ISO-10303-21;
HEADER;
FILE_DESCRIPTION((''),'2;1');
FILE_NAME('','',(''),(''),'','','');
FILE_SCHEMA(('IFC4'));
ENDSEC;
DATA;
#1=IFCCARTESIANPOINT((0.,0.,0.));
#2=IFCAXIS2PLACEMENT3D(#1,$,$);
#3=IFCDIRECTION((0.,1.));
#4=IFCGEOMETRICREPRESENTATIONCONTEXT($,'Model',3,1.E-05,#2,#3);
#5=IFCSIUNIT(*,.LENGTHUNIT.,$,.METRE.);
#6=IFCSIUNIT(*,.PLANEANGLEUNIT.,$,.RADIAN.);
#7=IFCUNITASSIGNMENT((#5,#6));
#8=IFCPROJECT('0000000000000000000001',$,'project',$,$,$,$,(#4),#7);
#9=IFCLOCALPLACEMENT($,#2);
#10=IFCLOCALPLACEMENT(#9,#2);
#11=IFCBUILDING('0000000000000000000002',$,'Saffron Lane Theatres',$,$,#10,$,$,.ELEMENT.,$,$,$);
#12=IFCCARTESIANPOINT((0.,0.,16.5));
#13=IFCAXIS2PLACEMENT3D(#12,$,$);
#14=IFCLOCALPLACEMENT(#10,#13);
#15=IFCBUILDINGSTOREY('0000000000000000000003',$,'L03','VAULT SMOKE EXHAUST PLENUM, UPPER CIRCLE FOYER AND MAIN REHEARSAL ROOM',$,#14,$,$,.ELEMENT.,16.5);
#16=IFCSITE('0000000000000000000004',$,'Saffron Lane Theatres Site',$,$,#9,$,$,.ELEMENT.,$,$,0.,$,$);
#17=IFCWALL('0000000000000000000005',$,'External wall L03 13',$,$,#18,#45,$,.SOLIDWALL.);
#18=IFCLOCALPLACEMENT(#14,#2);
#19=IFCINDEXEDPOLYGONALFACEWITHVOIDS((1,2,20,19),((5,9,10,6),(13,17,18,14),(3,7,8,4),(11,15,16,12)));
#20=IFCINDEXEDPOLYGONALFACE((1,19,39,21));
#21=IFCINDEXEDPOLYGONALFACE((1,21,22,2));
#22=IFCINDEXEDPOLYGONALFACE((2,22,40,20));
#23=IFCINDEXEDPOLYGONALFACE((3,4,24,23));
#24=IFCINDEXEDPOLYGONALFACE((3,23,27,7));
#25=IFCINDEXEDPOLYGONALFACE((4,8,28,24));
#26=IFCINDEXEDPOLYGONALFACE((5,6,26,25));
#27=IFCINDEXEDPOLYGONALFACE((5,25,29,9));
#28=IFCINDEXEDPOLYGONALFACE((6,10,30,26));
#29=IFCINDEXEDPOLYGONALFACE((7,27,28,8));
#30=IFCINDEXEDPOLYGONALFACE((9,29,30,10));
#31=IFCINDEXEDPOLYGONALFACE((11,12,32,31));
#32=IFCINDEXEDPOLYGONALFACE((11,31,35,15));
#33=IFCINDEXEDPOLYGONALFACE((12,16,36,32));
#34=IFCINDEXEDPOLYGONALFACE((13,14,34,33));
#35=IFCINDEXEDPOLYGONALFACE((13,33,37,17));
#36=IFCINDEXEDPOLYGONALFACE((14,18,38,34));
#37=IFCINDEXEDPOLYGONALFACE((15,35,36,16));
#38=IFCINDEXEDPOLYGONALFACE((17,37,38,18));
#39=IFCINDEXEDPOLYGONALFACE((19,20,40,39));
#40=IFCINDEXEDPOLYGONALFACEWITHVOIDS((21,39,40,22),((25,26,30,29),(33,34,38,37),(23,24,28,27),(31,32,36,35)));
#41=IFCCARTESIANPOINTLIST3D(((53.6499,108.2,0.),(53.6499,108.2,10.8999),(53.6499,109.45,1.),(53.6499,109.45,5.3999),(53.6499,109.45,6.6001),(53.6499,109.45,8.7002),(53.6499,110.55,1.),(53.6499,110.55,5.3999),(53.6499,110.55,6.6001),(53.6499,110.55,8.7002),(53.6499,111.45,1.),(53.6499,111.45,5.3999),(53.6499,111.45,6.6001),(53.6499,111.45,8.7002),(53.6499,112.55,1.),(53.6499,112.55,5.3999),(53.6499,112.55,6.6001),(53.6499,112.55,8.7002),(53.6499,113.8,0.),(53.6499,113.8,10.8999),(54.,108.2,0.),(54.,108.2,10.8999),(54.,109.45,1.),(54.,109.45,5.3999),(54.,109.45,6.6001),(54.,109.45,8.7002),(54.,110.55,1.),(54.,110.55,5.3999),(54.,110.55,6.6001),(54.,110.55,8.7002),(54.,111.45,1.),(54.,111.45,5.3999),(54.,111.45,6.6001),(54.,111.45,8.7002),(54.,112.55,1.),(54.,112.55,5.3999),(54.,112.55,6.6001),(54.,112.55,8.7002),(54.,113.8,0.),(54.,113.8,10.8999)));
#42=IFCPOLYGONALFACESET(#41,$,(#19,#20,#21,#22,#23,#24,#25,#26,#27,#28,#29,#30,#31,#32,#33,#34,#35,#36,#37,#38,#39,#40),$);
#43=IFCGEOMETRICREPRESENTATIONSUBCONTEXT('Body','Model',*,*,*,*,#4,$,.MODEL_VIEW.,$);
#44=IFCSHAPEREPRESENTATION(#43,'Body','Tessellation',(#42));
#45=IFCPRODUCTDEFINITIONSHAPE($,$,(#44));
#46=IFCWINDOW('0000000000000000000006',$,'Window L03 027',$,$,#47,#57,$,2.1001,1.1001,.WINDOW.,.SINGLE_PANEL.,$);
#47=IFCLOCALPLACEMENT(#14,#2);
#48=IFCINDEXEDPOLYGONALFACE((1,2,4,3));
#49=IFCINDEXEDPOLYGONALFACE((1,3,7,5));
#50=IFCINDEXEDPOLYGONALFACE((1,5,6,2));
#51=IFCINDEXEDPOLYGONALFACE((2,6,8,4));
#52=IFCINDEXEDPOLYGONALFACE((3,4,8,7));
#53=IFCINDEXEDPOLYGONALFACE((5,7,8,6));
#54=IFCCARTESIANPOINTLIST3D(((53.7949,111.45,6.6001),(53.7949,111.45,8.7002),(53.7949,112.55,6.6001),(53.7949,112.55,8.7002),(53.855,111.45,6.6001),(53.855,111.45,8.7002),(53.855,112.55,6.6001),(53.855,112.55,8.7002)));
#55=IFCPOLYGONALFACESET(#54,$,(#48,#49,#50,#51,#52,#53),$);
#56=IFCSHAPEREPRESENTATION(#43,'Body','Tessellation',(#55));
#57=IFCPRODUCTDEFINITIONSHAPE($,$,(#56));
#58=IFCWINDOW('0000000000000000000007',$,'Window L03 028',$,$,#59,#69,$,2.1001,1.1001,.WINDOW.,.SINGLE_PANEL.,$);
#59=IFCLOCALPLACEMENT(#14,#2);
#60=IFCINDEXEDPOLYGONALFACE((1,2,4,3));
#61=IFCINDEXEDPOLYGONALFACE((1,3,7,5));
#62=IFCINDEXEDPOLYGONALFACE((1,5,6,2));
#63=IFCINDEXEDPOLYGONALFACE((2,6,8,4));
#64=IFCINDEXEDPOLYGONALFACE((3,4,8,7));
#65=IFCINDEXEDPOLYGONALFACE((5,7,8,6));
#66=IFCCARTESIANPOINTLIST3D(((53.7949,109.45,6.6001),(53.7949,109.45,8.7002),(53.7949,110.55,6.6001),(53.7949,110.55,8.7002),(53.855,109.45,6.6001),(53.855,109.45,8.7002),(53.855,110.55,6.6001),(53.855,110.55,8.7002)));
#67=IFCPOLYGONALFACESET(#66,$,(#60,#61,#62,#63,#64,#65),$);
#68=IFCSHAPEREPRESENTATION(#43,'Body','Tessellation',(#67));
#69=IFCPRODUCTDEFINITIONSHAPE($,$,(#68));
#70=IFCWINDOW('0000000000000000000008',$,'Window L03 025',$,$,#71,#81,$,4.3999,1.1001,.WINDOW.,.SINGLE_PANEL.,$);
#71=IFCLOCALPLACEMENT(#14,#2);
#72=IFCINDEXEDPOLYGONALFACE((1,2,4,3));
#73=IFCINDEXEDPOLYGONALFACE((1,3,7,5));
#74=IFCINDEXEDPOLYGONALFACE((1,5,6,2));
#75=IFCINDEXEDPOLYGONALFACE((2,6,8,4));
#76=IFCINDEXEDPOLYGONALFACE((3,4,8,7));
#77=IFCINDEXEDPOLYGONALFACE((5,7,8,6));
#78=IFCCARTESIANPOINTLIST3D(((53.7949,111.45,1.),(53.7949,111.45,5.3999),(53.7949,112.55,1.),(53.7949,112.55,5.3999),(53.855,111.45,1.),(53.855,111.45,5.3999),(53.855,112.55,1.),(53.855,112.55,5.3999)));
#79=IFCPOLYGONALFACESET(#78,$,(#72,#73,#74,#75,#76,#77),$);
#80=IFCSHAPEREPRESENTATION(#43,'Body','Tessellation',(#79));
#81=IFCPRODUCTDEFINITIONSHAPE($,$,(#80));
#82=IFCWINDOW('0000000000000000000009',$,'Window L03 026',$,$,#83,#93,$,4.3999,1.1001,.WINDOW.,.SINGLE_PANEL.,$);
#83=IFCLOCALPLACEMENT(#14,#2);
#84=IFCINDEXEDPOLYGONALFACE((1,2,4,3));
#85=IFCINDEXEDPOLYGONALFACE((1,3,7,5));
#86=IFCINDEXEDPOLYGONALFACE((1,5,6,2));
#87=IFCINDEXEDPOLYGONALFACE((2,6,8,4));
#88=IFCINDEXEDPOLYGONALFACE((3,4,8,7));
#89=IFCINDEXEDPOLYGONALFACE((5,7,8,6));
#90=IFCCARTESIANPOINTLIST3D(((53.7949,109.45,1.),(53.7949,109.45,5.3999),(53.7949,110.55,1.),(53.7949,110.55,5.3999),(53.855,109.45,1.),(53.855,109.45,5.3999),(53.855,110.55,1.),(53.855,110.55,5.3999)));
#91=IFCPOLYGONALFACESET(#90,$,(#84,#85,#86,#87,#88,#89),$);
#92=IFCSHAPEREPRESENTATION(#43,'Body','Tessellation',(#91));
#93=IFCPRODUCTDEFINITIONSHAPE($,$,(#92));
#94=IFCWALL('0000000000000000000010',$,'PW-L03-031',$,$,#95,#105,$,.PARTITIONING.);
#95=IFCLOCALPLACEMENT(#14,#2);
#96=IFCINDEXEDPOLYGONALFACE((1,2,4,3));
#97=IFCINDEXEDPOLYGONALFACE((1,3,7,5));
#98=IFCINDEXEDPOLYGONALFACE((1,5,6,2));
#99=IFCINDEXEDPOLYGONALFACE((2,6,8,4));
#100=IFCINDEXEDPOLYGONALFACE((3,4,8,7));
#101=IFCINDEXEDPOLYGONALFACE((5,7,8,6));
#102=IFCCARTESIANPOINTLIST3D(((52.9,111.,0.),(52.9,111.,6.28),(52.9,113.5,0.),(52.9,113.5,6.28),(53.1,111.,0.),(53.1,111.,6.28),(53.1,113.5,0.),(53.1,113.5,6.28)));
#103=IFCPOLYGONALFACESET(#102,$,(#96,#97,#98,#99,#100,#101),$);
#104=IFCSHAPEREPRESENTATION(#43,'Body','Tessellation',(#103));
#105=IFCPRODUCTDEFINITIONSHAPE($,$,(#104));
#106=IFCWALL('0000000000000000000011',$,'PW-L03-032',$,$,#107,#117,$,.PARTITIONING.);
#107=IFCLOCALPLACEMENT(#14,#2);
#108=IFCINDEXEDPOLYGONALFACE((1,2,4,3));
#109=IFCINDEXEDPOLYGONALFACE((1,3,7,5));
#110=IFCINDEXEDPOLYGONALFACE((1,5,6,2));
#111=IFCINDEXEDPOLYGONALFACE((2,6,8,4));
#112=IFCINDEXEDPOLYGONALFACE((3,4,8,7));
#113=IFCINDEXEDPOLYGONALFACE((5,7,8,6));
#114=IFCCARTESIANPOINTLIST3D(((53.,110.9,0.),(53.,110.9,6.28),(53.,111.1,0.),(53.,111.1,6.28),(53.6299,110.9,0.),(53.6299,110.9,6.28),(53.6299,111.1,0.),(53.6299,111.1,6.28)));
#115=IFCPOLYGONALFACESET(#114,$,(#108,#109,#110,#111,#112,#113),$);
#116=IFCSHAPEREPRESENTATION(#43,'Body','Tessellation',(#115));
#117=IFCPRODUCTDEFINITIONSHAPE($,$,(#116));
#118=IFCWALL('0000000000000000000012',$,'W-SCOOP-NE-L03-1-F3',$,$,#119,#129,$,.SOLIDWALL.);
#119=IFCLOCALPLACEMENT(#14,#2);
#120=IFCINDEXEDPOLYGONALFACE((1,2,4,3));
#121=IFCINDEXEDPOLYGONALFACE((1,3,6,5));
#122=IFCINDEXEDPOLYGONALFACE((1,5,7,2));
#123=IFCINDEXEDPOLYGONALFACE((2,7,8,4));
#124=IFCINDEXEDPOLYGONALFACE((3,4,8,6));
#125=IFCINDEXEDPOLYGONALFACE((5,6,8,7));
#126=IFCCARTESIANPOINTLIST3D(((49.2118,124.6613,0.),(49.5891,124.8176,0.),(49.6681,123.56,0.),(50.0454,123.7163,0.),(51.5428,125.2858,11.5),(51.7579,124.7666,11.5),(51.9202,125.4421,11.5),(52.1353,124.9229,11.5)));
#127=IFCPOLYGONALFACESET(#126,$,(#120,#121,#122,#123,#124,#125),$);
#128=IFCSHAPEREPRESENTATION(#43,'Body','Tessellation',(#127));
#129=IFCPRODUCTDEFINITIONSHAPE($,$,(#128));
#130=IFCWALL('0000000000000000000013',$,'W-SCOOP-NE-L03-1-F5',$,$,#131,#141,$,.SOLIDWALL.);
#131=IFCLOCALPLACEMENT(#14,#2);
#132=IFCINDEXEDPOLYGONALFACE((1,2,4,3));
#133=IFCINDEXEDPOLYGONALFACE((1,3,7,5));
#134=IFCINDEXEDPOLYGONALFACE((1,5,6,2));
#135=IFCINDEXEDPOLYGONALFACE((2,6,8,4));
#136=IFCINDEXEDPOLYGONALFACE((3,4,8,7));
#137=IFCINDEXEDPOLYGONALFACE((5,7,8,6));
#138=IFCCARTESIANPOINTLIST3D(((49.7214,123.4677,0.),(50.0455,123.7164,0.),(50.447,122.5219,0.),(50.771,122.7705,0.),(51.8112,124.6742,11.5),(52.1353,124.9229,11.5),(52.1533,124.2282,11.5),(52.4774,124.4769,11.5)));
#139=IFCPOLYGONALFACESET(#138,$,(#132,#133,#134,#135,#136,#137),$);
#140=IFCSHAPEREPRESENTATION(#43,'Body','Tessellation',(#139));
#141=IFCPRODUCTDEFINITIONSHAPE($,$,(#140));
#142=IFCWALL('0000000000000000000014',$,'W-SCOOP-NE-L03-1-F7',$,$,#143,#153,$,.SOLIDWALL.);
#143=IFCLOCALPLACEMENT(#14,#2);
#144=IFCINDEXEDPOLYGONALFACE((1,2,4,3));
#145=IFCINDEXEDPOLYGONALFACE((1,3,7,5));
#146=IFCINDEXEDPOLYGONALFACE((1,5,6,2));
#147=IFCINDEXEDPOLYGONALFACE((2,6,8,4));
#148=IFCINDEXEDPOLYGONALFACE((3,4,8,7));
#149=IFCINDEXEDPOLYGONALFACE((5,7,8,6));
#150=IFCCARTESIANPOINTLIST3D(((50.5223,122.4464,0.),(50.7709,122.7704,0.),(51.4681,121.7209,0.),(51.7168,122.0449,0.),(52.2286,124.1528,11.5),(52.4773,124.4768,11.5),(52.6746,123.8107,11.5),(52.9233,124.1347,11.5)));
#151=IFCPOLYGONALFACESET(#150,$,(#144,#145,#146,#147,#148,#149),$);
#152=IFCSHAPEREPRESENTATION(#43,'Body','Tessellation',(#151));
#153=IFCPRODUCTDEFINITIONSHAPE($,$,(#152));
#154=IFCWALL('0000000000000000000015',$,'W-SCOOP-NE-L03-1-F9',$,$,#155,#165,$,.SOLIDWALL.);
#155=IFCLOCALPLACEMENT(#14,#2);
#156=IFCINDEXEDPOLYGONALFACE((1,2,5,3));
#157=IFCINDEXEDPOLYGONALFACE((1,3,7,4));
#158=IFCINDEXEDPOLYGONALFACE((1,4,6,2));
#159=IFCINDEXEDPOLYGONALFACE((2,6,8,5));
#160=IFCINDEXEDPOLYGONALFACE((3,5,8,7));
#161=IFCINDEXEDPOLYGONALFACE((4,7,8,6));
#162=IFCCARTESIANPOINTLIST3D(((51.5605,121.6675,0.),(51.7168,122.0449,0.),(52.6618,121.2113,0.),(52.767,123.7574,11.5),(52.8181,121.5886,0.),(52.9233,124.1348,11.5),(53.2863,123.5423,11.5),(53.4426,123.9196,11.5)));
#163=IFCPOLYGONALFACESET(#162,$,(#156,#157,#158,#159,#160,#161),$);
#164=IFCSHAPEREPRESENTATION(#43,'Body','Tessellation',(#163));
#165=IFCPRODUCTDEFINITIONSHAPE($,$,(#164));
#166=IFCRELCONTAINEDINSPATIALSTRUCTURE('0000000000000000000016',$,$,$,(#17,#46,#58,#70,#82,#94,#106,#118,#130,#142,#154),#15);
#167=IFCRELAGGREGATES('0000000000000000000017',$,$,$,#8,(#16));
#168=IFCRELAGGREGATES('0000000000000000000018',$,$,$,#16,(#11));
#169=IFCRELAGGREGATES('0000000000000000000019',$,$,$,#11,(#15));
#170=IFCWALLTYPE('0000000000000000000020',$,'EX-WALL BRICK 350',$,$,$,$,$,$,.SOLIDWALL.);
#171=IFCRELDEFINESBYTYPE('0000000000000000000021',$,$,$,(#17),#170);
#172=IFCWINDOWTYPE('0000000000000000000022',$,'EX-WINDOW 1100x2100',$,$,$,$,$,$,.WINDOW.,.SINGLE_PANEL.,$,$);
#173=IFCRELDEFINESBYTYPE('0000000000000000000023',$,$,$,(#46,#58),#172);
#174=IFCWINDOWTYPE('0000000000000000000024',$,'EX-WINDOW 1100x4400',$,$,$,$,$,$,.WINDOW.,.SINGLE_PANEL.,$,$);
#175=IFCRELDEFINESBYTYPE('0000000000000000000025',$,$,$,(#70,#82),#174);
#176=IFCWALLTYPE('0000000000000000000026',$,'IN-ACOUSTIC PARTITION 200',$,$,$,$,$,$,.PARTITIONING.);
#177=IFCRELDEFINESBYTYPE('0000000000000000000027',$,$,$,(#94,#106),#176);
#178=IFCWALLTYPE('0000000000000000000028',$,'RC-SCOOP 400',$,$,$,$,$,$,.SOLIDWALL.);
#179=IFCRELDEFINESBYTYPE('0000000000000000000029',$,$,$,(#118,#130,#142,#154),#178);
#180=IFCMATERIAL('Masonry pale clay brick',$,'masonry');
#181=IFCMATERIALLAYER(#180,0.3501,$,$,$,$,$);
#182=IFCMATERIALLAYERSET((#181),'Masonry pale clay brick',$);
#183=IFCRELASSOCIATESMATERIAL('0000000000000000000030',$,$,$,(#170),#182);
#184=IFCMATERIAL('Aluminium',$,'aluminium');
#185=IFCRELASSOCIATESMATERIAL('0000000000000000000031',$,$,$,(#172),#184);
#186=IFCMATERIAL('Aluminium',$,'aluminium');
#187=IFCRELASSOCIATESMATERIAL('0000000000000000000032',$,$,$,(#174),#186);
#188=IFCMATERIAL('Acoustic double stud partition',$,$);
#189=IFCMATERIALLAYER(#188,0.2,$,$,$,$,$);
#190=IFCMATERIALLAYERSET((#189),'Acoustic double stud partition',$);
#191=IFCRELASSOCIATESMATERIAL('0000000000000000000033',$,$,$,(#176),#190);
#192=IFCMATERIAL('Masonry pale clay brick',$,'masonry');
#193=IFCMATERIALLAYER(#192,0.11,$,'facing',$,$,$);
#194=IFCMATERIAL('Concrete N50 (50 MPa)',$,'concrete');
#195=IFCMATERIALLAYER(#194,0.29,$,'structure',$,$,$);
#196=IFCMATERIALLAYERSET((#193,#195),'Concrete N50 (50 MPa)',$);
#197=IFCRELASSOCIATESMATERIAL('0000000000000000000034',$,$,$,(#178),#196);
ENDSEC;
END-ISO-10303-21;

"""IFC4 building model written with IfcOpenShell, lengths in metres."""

from ifc_helpers import new_model, si_unit, direction, frame, frame_2d, origin, place, context, subcontext, project, spatial, polyline, rectangle, outline, extrude, material, layer, layer_set, type_object, element, fill, save


model = new_model("IFC4")

# Units and contexts
model_context = context("Model", 3, precision=1e-05, world=origin(), true_north=direction((0.0, 1.0)))
body_context = subcontext(model_context, "Body", "Model", "MODEL_VIEW")
ifc_project = project(units=[si_unit("LENGTHUNIT", "METRE"), si_unit("PLANEANGLEUNIT", "RADIAN")], contexts=[model_context])

# Site, building, storey
site_placement = place(None, origin())
site = spatial("IfcSite", under=ifc_project, at=site_placement, Name="Saffron Lane Theatres Site", CompositionType="ELEMENT", RefElevation=0.0)
building_placement = place(site_placement, origin())
building = spatial("IfcBuilding", under=site, at=building_placement, Name="Saffron Lane Theatres", CompositionType="ELEMENT")
storey_placement = place(building_placement, frame((0.0, 0.0, 16.5)))
storey = spatial("IfcBuildingStorey", under=building, at=storey_placement, Name="L03", Description="VAULT SMOKE EXHAUST PLENUM, UPPER CIRCLE FOYER AND MAIN REHEARSAL ROOM", CompositionType="ELEMENT", Elevation=16.5)

# Shared definitions
ifc_material_1 = material(Name="Masonry pale clay brick", Category="masonry")
ifc_layer_1 = layer(ifc_material_1, 0.3501)
ifc_layer_set_1 = layer_set([ifc_layer_1], Name="Masonry pale clay brick")
wall_type_1 = type_object("IfcWallType", Name="EX-WALL BRICK 350", PredefinedType="SOLIDWALL", material=ifc_layer_set_1)

# Wall, openings, windows
ifc_material_2 = material(Name="Aluminium", Category="aluminium")
window_type_1 = type_object("IfcWindowType", Name="EX-WINDOW 1100x2100", PartitioningType="SINGLE_PANEL", PredefinedType="WINDOW", material=ifc_material_2)
ifc_material_3 = material(Name="Aluminium", Category="aluminium")
window_type_2 = type_object("IfcWindowType", Name="EX-WINDOW 1100x4400", PartitioningType="SINGLE_PANEL", PredefinedType="WINDOW", material=ifc_material_3)
wall_1_placement = place(storey_placement, frame((53.825, 113.8, 0.0), z_axis=(0.0, 0.0, 1.0), x_axis=(0.0, -1.0, 0.0)))
wall_1 = element("IfcWall", 1, at=wall_1_placement, inside=storey, type_object=wall_type_1, Name="External wall L03 13", PredefinedType="SOLIDWALL", context=body_context, shape_type="SweptSolid", body=[
    extrude(rectangle(XDim=5.6001, YDim=0.3501, at=frame_2d((2.8, 0.0))), origin(), (0.0, 0.0, 1.0), 10.8999),
])
opening_1_placement = place(wall_1_placement, frame((1.25, 0.0, 1.0)))
opening_1 = element("IfcOpeningElement", 2, at=opening_1_placement, cuts=wall_1, PredefinedType="OPENING", context=body_context, shape_type="SweptSolid", body=[
    extrude(rectangle(XDim=1.1001, YDim=4.3999, at=frame_2d((0.55, 2.2))), frame((0.0, 0.1851, 0.0), z_axis=(0.0, -1.0, 0.0), x_axis=(1.0, 0.0, 0.0)), (0.0, 0.0, 1.0), 0.3701),
])
opening_2_placement = place(wall_1_placement, frame((3.25, 0.0, 1.0)))
opening_2 = element("IfcOpeningElement", 3, at=opening_2_placement, cuts=wall_1, PredefinedType="OPENING", context=body_context, shape_type="SweptSolid", body=[
    extrude(rectangle(XDim=1.1001, YDim=4.3999, at=frame_2d((0.55, 2.2))), frame((0.0, 0.1851, 0.0), z_axis=(0.0, -1.0, 0.0), x_axis=(1.0, 0.0, 0.0)), (0.0, 0.0, 1.0), 0.3701),
])
opening_3_placement = place(wall_1_placement, frame((1.25, 0.0, 6.6001)))
opening_3 = element("IfcOpeningElement", 4, at=opening_3_placement, cuts=wall_1, PredefinedType="OPENING", context=body_context, shape_type="SweptSolid", body=[
    extrude(rectangle(XDim=1.1001, YDim=2.1001, at=frame_2d((0.55, 1.05))), frame((0.0, 0.1851, 0.0), z_axis=(0.0, -1.0, 0.0), x_axis=(1.0, 0.0, 0.0)), (0.0, 0.0, 1.0), 0.3701),
])
opening_4_placement = place(wall_1_placement, frame((3.25, 0.0, 6.6001)))
opening_4 = element("IfcOpeningElement", 5, at=opening_4_placement, cuts=wall_1, PredefinedType="OPENING", context=body_context, shape_type="SweptSolid", body=[
    extrude(rectangle(XDim=1.1001, YDim=2.1001, at=frame_2d((0.55, 1.05))), frame((0.0, 0.1851, 0.0), z_axis=(0.0, -1.0, 0.0), x_axis=(1.0, 0.0, 0.0)), (0.0, 0.0, 1.0), 0.3701),
])
window_1_placement = place(opening_3_placement, origin())
window_1 = element("IfcWindow", 6, at=window_1_placement, inside=storey, type_object=window_type_1, Name="Window L03 027", OverallHeight=2.1001, OverallWidth=1.1001, PartitioningType="SINGLE_PANEL", PredefinedType="WINDOW", context=body_context, shape_type="SweptSolid", body=[
    extrude(rectangle(XDim=1.1001, YDim=2.1001, at=frame_2d((0.55, 1.05))), frame((0.0, 0.03, 0.0), z_axis=(0.0, -1.0, 0.0), x_axis=(1.0, 0.0, 0.0)), (0.0, 0.0, 1.0), 0.0601),
])
fill(opening_3, window_1)
window_2_placement = place(opening_4_placement, origin())
window_2 = element("IfcWindow", 7, at=window_2_placement, inside=storey, type_object=window_type_1, Name="Window L03 028", OverallHeight=2.1001, OverallWidth=1.1001, PartitioningType="SINGLE_PANEL", PredefinedType="WINDOW", context=body_context, shape_type="SweptSolid", body=[
    extrude(rectangle(XDim=1.1001, YDim=2.1001, at=frame_2d((0.55, 1.05))), frame((0.0, 0.03, 0.0), z_axis=(0.0, -1.0, 0.0), x_axis=(1.0, 0.0, 0.0)), (0.0, 0.0, 1.0), 0.0601),
])
fill(opening_4, window_2)
window_3_placement = place(opening_1_placement, origin())
window_3 = element("IfcWindow", 8, at=window_3_placement, inside=storey, type_object=window_type_2, Name="Window L03 025", OverallHeight=4.3999, OverallWidth=1.1001, PartitioningType="SINGLE_PANEL", PredefinedType="WINDOW", context=body_context, shape_type="SweptSolid", body=[
    extrude(rectangle(XDim=1.1001, YDim=4.3999, at=frame_2d((0.55, 2.2))), frame((0.0, 0.03, 0.0), z_axis=(0.0, -1.0, 0.0), x_axis=(1.0, 0.0, 0.0)), (0.0, 0.0, 1.0), 0.0601),
])
fill(opening_1, window_3)
window_4_placement = place(opening_2_placement, origin())
window_4 = element("IfcWindow", 9, at=window_4_placement, inside=storey, type_object=window_type_2, Name="Window L03 026", OverallHeight=4.3999, OverallWidth=1.1001, PartitioningType="SINGLE_PANEL", PredefinedType="WINDOW", context=body_context, shape_type="SweptSolid", body=[
    extrude(rectangle(XDim=1.1001, YDim=4.3999, at=frame_2d((0.55, 2.2))), frame((0.0, 0.03, 0.0), z_axis=(0.0, -1.0, 0.0), x_axis=(1.0, 0.0, 0.0)), (0.0, 0.0, 1.0), 0.0601),
])
fill(opening_2, window_4)

# Walls
ifc_material_4 = material(Name="Acoustic double stud partition")
ifc_layer_2 = layer(ifc_material_4, 0.2)
ifc_layer_set_2 = layer_set([ifc_layer_2], Name="Acoustic double stud partition")
wall_type_2 = type_object("IfcWallType", Name="IN-ACOUSTIC PARTITION 200", PredefinedType="PARTITIONING", material=ifc_layer_set_2)
wall_2_placement = place(storey_placement, frame((53.0, 111.0, 0.0), z_axis=(0.0, 0.0, 1.0), x_axis=(0.0, 1.0, 0.0)))
element("IfcWall", 10, at=wall_2_placement, inside=storey, type_object=wall_type_2, Name="PW-L03-031", PredefinedType="PARTITIONING", context=body_context, shape_type="SweptSolid", body=[
    extrude(rectangle(XDim=2.5, YDim=0.2, at=frame_2d((1.25, 0.0))), origin(), (0.0, 0.0, 1.0), 6.28),
])
wall_3_placement = place(storey_placement, frame((53.0, 111.0, 0.0), z_axis=(0.0, 0.0, 1.0), x_axis=(1.0, 0.0, 0.0)))
element("IfcWall", 11, at=wall_3_placement, inside=storey, type_object=wall_type_2, Name="PW-L03-032", PredefinedType="PARTITIONING", context=body_context, shape_type="SweptSolid", body=[
    extrude(rectangle(XDim=0.6299, YDim=0.2, at=frame_2d((0.3149, 0.0))), origin(), (0.0, 0.0, 1.0), 6.28),
])
ifc_material_5 = material(Name="Masonry pale clay brick", Category="masonry")
ifc_layer_3 = layer(ifc_material_5, 0.11, Name="facing")
ifc_material_6 = material(Name="Concrete N50 (50 MPa)", Category="concrete")
ifc_layer_4 = layer(ifc_material_6, 0.29, Name="structure")
ifc_layer_set_3 = layer_set([ifc_layer_3, ifc_layer_4], Name="Concrete N50 (50 MPa)")
wall_type_3 = type_object("IfcWallType", Name="RC-SCOOP 400", PredefinedType="SOLIDWALL", material=ifc_layer_set_3)
wall_4_placement = place(storey_placement, frame((50.0454, 123.7163, 0.0), z_axis=(-0.90449, -0.374713, 0.203686), x_axis=(-0.382738, 0.923857, -0.000007)))
element("IfcWall", 12, at=wall_4_placement, inside=storey, type_object=wall_type_3, Name="W-SCOOP-NE-L03-1-F3", PredefinedType="SOLIDWALL", context=body_context, shape_type="SweptSolid", body=[
    extrude(outline(polyline([(0.0, 0.0), (1.1921, 0.0), (0.8768, -11.7463), (0.3147, -11.7462), (0.0, 0.0)])), origin(), (0.00006, 0.203686, 0.979036), 0.4084),
])
wall_5_placement = place(storey_placement, frame((50.771, 122.7705, 0.0), z_axis=(-0.776824, -0.595869, 0.203679), x_axis=(-0.60863, 0.793455, -0.000013)))
element("IfcWall", 13, at=wall_5_placement, inside=storey, type_object=wall_type_3, Name="W-SCOOP-NE-L03-1-F5", PredefinedType="SOLIDWALL", context=body_context, shape_type="SweptSolid", body=[
    extrude(outline(polyline([(0.0, 0.0), (1.1921, 0.0), (0.8773, -11.7462), (0.3152, -11.7462), (0.0, 0.0)])), origin(), (-0.000166, 0.203679, 0.979038), 0.4084),
])
wall_6_placement = place(storey_placement, frame((51.7168, 122.0449, 0.0), z_axis=(-0.595869, -0.776824, 0.203679), x_axis=(-0.793455, 0.60863, 0.000013)))
element("IfcWall", 14, at=wall_6_placement, inside=storey, type_object=wall_type_3, Name="W-SCOOP-NE-L03-1-F7", PredefinedType="SOLIDWALL", context=body_context, shape_type="SweptSolid", body=[
    extrude(outline(polyline([(0.0, 0.0), (1.1921, 0.0), (0.8769, -11.7462), (0.3148, -11.7462), (0.0, 0.0)])), origin(), (0.000166, 0.203679, 0.979038), 0.4084),
])
wall_7_placement = place(storey_placement, frame((52.8181, 121.5886, 0.0), z_axis=(-0.374713, -0.90449, 0.203686), x_axis=(-0.923857, 0.382738, 0.000007)))
element("IfcWall", 15, at=wall_7_placement, inside=storey, type_object=wall_type_3, Name="W-SCOOP-NE-L03-1-F9", PredefinedType="SOLIDWALL", context=body_context, shape_type="SweptSolid", body=[
    extrude(outline(polyline([(0.0, 0.0), (1.1921, 0.0), (0.8774, -11.7462), (0.3153, -11.7463), (0.0, 0.0)])), origin(), (-0.00006, 0.203686, 0.979036), 0.4084),
])

save(model, "model.ifc")
